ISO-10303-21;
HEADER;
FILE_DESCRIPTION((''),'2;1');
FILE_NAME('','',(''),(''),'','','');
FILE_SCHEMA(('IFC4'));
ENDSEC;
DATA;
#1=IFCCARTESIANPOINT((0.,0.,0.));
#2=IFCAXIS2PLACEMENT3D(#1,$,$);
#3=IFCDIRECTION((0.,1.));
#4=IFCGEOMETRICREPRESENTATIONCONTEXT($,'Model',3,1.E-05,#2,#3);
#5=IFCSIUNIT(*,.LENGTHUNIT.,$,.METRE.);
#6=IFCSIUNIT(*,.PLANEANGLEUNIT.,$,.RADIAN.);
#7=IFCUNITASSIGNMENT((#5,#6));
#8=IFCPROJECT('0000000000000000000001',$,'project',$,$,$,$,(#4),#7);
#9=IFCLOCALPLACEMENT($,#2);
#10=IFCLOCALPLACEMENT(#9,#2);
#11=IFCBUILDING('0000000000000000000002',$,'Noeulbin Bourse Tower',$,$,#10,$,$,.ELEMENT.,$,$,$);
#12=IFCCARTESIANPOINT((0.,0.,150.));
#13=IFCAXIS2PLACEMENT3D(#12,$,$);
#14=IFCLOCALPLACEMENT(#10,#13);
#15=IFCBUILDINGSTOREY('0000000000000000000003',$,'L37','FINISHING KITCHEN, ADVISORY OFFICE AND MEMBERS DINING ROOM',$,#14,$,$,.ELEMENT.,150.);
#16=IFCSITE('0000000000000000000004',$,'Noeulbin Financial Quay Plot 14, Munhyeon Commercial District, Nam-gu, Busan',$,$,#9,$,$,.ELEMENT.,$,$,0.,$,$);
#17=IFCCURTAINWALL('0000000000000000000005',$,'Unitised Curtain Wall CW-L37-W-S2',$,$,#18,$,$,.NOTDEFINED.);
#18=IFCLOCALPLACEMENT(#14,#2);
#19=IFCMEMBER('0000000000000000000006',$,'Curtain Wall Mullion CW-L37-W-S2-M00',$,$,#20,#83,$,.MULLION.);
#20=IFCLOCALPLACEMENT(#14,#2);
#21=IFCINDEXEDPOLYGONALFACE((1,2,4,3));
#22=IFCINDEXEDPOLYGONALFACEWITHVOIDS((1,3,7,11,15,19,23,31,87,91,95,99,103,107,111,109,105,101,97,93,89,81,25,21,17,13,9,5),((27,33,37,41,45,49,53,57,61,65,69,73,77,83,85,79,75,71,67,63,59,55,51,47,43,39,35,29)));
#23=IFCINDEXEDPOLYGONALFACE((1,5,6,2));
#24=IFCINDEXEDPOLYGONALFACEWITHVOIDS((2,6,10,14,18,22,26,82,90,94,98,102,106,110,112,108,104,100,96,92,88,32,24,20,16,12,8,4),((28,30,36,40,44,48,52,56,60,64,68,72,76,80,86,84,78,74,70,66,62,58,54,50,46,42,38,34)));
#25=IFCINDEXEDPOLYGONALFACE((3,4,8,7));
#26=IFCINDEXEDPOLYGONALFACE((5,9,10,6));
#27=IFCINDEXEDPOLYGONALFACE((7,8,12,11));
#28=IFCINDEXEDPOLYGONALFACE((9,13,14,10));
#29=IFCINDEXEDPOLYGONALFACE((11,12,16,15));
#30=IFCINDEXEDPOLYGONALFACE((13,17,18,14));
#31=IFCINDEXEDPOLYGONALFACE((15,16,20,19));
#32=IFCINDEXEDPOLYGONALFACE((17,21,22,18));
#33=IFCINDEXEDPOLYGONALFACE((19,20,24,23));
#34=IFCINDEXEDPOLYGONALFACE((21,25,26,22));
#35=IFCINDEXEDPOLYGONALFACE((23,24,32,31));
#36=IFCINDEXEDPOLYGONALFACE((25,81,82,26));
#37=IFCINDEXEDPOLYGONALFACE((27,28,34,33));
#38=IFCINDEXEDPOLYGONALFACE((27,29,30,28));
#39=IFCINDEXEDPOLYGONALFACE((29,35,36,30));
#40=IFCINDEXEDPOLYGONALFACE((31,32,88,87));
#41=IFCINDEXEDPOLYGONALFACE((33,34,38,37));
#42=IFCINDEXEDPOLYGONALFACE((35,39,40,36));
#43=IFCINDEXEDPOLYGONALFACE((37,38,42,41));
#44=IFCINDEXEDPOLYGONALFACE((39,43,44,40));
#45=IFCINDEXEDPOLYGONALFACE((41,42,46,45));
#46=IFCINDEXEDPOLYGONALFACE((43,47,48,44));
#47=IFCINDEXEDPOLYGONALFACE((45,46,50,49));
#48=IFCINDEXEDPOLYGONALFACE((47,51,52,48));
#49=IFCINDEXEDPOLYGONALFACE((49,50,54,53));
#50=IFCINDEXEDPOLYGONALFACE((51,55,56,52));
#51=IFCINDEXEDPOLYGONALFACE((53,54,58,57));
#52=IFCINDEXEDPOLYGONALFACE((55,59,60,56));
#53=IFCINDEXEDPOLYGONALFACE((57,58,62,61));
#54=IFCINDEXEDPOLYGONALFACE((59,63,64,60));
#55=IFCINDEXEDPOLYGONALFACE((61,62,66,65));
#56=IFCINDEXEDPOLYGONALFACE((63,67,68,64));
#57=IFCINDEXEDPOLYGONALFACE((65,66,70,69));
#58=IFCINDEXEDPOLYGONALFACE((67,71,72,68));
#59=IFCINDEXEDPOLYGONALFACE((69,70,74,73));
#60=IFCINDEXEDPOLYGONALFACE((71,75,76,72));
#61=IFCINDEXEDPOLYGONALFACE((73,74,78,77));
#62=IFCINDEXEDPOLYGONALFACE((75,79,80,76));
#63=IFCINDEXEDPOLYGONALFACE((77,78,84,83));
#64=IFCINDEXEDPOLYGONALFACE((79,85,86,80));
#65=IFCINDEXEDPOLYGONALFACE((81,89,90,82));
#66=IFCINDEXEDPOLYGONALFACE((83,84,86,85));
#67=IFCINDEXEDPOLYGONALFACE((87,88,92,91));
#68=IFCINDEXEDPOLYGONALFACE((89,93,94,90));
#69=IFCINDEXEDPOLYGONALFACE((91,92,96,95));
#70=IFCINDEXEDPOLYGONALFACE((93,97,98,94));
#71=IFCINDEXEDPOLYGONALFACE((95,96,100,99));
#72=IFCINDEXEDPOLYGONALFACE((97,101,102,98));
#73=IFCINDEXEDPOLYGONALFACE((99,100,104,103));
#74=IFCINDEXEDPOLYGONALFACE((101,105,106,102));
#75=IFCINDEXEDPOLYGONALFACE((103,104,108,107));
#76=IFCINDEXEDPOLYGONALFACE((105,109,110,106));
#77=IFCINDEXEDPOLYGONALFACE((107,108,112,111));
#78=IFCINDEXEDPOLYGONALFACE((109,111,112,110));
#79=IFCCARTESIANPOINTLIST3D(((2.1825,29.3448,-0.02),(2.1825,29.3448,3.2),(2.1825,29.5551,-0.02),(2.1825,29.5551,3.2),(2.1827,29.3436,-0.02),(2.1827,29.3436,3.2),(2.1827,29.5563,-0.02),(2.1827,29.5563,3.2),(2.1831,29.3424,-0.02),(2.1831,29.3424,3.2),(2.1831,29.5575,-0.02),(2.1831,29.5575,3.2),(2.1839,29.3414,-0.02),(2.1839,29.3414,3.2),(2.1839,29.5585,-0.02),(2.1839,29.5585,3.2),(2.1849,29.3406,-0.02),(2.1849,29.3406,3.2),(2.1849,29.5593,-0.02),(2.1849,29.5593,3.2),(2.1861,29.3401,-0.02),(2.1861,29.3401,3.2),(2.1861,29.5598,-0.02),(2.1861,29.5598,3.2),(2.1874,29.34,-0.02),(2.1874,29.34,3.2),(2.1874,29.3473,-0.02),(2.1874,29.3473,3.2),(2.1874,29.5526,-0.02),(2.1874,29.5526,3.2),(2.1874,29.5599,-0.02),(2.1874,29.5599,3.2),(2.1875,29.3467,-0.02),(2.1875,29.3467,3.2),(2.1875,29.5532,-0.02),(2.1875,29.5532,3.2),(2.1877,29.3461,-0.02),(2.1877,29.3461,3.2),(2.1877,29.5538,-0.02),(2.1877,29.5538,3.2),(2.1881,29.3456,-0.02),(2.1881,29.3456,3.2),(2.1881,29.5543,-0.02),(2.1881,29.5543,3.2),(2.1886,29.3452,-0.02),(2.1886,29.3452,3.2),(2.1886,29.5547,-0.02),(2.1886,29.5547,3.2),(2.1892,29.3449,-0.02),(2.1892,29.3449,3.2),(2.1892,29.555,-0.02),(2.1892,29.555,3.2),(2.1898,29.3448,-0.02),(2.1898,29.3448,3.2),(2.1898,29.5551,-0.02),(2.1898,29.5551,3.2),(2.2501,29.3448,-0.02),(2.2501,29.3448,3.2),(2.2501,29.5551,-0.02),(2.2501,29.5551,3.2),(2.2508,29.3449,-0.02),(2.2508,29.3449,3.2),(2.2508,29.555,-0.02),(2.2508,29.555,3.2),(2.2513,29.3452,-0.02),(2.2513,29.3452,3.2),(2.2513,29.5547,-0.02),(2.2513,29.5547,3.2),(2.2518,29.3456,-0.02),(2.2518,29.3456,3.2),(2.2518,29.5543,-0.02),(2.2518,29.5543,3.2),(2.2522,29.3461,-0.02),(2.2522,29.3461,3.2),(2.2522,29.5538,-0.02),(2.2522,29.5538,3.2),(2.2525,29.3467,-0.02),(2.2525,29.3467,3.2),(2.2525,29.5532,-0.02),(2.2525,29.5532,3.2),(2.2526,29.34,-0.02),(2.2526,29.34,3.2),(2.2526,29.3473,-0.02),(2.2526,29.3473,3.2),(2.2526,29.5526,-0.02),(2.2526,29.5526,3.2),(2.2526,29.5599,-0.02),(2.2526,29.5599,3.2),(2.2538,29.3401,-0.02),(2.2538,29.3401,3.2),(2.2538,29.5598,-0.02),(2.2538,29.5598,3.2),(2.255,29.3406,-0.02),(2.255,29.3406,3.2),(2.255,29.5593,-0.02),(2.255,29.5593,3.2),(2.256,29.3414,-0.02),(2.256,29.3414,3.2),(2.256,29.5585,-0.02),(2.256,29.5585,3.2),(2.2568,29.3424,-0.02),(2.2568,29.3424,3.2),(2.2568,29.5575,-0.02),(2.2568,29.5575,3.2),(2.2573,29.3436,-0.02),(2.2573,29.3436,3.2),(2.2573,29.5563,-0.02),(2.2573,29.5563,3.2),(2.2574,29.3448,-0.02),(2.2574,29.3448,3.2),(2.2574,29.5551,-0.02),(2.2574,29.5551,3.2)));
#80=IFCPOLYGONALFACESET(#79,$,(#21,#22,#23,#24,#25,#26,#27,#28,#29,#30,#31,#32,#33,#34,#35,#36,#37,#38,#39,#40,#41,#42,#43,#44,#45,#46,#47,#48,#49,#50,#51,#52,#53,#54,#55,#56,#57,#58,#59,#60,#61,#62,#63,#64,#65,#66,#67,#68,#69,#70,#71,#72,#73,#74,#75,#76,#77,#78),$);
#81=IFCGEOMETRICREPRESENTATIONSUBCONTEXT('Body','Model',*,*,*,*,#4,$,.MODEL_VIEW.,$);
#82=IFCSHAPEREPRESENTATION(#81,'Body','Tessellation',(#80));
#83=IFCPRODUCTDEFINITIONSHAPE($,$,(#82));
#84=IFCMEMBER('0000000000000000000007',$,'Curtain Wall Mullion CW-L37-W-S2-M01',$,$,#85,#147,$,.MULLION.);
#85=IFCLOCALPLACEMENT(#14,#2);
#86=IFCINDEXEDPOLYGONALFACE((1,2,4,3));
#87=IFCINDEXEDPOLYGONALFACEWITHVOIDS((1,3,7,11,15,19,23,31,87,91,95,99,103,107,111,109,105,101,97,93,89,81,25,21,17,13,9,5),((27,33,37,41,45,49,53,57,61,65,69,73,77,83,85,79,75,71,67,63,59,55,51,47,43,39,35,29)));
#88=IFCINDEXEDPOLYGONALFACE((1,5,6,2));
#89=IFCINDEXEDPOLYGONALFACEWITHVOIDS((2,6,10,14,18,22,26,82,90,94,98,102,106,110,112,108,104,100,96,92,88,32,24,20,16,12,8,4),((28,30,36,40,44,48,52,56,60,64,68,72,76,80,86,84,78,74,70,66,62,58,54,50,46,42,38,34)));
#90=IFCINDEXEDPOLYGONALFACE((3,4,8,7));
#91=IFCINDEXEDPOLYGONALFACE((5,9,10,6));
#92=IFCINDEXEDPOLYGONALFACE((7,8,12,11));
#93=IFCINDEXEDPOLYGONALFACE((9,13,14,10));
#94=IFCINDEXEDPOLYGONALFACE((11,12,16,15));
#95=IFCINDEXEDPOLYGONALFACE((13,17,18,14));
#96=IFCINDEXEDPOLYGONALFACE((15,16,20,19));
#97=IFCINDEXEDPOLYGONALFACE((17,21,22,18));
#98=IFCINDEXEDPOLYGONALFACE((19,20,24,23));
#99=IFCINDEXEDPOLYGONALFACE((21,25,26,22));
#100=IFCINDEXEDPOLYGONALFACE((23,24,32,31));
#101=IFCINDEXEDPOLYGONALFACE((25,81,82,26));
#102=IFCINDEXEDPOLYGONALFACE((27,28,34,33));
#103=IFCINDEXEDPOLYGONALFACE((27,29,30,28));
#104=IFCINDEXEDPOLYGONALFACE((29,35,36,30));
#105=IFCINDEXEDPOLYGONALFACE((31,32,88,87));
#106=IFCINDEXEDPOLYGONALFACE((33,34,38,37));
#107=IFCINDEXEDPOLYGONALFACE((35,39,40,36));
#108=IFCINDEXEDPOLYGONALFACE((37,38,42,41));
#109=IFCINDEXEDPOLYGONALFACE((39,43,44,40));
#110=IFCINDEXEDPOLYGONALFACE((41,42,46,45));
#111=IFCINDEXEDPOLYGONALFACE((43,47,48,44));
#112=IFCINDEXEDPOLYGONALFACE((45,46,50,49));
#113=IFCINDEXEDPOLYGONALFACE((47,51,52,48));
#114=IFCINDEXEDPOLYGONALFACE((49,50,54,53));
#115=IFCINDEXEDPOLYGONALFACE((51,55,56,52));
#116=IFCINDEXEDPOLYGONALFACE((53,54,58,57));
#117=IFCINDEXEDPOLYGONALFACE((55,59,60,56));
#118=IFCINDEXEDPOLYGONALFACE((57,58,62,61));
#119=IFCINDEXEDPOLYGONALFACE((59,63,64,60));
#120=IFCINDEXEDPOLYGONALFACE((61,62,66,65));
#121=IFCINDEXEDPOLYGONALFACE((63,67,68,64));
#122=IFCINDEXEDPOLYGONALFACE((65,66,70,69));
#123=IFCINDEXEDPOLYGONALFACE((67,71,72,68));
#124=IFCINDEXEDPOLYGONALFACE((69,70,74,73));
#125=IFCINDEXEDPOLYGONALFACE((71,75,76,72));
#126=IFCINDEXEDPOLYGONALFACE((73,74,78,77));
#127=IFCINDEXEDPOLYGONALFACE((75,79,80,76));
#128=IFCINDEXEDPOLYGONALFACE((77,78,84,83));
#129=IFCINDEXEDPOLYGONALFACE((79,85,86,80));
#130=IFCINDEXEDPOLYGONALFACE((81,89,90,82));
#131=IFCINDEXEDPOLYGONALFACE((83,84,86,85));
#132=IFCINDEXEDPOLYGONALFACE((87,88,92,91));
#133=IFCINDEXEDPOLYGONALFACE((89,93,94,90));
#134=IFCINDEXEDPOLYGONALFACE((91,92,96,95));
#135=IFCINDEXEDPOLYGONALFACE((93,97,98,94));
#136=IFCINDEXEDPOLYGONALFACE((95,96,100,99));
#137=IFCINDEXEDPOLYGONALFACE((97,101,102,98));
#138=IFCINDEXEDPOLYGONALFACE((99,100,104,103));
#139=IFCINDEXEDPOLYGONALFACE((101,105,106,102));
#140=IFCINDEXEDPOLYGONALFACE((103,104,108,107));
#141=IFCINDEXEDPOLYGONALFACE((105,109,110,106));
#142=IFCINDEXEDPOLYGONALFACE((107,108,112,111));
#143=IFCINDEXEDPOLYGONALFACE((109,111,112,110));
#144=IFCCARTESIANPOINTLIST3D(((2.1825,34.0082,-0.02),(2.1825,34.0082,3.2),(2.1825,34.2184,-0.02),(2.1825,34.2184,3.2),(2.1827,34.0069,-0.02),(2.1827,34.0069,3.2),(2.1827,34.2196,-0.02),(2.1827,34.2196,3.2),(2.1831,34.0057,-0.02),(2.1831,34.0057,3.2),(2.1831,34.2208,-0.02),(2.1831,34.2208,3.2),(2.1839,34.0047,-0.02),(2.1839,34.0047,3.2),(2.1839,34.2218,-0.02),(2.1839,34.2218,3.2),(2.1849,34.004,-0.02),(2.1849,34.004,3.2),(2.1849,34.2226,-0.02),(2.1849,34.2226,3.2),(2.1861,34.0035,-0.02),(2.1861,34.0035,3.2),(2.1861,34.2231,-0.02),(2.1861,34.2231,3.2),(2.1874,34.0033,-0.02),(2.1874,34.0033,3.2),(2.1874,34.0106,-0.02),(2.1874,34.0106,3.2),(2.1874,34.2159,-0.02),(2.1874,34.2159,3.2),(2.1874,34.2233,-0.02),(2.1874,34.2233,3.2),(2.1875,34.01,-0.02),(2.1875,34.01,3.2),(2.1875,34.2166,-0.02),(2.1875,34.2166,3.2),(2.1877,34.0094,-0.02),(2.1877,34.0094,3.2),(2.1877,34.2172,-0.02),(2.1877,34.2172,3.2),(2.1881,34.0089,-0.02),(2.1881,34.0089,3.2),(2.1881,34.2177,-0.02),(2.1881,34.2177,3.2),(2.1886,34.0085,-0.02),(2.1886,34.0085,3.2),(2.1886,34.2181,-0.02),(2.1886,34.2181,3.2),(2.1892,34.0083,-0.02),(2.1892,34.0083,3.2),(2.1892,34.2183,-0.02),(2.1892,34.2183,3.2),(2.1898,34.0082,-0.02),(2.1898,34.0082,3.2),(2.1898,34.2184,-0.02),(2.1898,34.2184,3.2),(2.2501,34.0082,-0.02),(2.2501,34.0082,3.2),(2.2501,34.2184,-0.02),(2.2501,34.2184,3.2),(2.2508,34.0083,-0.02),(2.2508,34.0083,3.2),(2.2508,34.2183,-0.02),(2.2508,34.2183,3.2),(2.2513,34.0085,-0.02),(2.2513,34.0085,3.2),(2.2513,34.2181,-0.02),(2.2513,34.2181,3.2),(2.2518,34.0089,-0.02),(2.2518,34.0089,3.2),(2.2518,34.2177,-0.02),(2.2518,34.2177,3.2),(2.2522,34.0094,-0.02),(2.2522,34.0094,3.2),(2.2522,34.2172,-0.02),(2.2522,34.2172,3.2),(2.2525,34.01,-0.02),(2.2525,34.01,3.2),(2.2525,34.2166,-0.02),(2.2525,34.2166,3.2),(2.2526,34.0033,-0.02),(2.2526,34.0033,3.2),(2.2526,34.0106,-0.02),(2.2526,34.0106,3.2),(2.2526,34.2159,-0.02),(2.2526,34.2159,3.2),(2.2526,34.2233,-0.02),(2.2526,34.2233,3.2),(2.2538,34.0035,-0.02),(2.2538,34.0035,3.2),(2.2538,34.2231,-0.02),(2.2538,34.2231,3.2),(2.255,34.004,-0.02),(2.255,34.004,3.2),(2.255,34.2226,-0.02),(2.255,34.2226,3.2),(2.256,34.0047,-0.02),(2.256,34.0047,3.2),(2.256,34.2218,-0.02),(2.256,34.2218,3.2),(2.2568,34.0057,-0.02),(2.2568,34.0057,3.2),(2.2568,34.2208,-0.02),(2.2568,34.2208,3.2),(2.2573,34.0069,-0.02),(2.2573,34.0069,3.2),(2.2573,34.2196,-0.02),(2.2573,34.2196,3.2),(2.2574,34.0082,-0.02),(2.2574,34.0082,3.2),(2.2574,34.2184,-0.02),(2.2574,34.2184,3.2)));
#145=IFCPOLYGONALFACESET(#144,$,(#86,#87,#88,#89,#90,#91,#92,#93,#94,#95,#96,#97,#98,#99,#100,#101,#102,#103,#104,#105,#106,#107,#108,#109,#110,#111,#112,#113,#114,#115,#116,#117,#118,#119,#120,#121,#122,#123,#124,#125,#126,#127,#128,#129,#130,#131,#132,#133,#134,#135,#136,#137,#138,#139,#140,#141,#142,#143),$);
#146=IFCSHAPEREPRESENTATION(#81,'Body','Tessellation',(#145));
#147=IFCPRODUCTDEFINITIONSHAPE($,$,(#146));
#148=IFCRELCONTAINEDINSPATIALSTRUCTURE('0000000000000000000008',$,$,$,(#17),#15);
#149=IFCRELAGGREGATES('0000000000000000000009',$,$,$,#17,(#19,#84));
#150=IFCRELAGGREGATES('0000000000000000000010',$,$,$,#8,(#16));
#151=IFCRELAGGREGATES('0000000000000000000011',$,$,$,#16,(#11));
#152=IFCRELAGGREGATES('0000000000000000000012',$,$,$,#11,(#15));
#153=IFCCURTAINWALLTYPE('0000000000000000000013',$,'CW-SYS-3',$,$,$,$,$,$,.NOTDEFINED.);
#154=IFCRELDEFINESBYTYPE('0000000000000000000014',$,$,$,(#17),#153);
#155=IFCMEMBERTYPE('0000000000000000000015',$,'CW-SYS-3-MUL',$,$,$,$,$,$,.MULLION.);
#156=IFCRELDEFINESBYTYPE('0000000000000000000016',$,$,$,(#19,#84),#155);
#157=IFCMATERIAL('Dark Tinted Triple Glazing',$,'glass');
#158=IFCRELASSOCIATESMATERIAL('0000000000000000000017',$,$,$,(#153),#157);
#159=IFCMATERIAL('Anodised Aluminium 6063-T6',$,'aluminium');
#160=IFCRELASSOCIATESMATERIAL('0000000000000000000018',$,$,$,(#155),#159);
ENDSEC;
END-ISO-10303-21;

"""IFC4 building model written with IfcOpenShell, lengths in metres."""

from ifc_helpers import new_model, si_unit, direction, frame, origin, origin_2d, place, context, subcontext, project, spatial, hollow_rectangle, extrude, material, material_profile, profile_set, type_object, element, aggregate, save


model = new_model("IFC4")

# Units and contexts
model_context = context("Model", 3, precision=1e-05, world=origin(), true_north=direction((0.0, 1.0)))
body_context = subcontext(model_context, "Body", "Model", "MODEL_VIEW")
ifc_project = project(units=[si_unit("LENGTHUNIT", "METRE"), si_unit("PLANEANGLEUNIT", "RADIAN")], contexts=[model_context])

# Site, building, storey
site_placement = place(None, origin())
site = spatial("IfcSite", under=ifc_project, at=site_placement, Name="Noeulbin Financial Quay Plot 14, Munhyeon Commercial District, Nam-gu, Busan", CompositionType="ELEMENT", RefElevation=0.0)
building_placement = place(site_placement, origin())
building = spatial("IfcBuilding", under=site, at=building_placement, Name="Noeulbin Bourse Tower", CompositionType="ELEMENT")
storey_placement = place(building_placement, frame((0.0, 0.0, 150.0)))
storey = spatial("IfcBuildingStorey", under=building, at=storey_placement, Name="L37", Description="FINISHING KITCHEN, ADVISORY OFFICE AND MEMBERS DINING ROOM", CompositionType="ELEMENT", Elevation=150.0)

# Shared definitions
ifc_material_1 = material(Name="Dark Tinted Triple Glazing", Category="glass")
curtain_wall_type = type_object("IfcCurtainWallType", Name="CW-SYS-3", PredefinedType="NOTDEFINED", material=ifc_material_1)
ifc_material_2 = material(Name="Anodised Aluminium 6063-T6", Category="aluminium")
ifc_material_profile_1 = material_profile(ifc_material_2, hollow_rectangle(XDim=0.075, YDim=0.22, WallThickness=0.0049, InnerFilletRadius=0.0024, OuterFilletRadius=0.0049, at=origin_2d()), Name="ALU-MULL-75x220x5", Category="LoadBearing")
ifc_profile_set_1 = profile_set([ifc_material_profile_1], Name="Anodised Aluminium 6063-T6")
member_type_1 = type_object("IfcMemberType", Name="CW-SYS-3-MUL", PredefinedType="MULLION", material=ifc_profile_set_1)

# Curtain wall, members
curtain_wall_1_placement = place(storey_placement, origin())
curtain_wall_1 = element("IfcCurtainWall", 1, at=curtain_wall_1_placement, inside=storey, type_object=curtain_wall_type, Name="Unitised Curtain Wall CW-L37-W-S2", PredefinedType="NOTDEFINED")
member_1_placement = place(storey_placement, frame((2.22, 29.45, -0.02), z_axis=(0.0, 0.0, 1.0), x_axis=(1.0, 0.0, 0.0)))
member_1 = element("IfcMember", 2, at=member_1_placement, type_object=member_type_1, Name="Curtain Wall Mullion CW-L37-W-S2-M00", PredefinedType="MULLION", context=body_context, shape_type="SweptSolid", body=[
    extrude(hollow_rectangle(XDim=0.075, YDim=0.22, WallThickness=0.0049, InnerFilletRadius=0.0024, OuterFilletRadius=0.0049, at=origin_2d()), origin(), (0.0, 0.0, 1.0), 3.22),
])
member_2_placement = place(storey_placement, frame((2.22, 34.1133, -0.02), z_axis=(0.0, 0.0, 1.0), x_axis=(1.0, 0.0, 0.0)))
member_2 = element("IfcMember", 3, at=member_2_placement, type_object=member_type_1, Name="Curtain Wall Mullion CW-L37-W-S2-M01", PredefinedType="MULLION", context=body_context, shape_type="SweptSolid", body=[
    extrude(hollow_rectangle(XDim=0.075, YDim=0.22, WallThickness=0.0049, InnerFilletRadius=0.0024, OuterFilletRadius=0.0049, at=origin_2d()), origin(), (0.0, 0.0, 1.0), 3.22),
])
aggregate(curtain_wall_1, [member_1, member_2])

save(model, "model.ifc")
